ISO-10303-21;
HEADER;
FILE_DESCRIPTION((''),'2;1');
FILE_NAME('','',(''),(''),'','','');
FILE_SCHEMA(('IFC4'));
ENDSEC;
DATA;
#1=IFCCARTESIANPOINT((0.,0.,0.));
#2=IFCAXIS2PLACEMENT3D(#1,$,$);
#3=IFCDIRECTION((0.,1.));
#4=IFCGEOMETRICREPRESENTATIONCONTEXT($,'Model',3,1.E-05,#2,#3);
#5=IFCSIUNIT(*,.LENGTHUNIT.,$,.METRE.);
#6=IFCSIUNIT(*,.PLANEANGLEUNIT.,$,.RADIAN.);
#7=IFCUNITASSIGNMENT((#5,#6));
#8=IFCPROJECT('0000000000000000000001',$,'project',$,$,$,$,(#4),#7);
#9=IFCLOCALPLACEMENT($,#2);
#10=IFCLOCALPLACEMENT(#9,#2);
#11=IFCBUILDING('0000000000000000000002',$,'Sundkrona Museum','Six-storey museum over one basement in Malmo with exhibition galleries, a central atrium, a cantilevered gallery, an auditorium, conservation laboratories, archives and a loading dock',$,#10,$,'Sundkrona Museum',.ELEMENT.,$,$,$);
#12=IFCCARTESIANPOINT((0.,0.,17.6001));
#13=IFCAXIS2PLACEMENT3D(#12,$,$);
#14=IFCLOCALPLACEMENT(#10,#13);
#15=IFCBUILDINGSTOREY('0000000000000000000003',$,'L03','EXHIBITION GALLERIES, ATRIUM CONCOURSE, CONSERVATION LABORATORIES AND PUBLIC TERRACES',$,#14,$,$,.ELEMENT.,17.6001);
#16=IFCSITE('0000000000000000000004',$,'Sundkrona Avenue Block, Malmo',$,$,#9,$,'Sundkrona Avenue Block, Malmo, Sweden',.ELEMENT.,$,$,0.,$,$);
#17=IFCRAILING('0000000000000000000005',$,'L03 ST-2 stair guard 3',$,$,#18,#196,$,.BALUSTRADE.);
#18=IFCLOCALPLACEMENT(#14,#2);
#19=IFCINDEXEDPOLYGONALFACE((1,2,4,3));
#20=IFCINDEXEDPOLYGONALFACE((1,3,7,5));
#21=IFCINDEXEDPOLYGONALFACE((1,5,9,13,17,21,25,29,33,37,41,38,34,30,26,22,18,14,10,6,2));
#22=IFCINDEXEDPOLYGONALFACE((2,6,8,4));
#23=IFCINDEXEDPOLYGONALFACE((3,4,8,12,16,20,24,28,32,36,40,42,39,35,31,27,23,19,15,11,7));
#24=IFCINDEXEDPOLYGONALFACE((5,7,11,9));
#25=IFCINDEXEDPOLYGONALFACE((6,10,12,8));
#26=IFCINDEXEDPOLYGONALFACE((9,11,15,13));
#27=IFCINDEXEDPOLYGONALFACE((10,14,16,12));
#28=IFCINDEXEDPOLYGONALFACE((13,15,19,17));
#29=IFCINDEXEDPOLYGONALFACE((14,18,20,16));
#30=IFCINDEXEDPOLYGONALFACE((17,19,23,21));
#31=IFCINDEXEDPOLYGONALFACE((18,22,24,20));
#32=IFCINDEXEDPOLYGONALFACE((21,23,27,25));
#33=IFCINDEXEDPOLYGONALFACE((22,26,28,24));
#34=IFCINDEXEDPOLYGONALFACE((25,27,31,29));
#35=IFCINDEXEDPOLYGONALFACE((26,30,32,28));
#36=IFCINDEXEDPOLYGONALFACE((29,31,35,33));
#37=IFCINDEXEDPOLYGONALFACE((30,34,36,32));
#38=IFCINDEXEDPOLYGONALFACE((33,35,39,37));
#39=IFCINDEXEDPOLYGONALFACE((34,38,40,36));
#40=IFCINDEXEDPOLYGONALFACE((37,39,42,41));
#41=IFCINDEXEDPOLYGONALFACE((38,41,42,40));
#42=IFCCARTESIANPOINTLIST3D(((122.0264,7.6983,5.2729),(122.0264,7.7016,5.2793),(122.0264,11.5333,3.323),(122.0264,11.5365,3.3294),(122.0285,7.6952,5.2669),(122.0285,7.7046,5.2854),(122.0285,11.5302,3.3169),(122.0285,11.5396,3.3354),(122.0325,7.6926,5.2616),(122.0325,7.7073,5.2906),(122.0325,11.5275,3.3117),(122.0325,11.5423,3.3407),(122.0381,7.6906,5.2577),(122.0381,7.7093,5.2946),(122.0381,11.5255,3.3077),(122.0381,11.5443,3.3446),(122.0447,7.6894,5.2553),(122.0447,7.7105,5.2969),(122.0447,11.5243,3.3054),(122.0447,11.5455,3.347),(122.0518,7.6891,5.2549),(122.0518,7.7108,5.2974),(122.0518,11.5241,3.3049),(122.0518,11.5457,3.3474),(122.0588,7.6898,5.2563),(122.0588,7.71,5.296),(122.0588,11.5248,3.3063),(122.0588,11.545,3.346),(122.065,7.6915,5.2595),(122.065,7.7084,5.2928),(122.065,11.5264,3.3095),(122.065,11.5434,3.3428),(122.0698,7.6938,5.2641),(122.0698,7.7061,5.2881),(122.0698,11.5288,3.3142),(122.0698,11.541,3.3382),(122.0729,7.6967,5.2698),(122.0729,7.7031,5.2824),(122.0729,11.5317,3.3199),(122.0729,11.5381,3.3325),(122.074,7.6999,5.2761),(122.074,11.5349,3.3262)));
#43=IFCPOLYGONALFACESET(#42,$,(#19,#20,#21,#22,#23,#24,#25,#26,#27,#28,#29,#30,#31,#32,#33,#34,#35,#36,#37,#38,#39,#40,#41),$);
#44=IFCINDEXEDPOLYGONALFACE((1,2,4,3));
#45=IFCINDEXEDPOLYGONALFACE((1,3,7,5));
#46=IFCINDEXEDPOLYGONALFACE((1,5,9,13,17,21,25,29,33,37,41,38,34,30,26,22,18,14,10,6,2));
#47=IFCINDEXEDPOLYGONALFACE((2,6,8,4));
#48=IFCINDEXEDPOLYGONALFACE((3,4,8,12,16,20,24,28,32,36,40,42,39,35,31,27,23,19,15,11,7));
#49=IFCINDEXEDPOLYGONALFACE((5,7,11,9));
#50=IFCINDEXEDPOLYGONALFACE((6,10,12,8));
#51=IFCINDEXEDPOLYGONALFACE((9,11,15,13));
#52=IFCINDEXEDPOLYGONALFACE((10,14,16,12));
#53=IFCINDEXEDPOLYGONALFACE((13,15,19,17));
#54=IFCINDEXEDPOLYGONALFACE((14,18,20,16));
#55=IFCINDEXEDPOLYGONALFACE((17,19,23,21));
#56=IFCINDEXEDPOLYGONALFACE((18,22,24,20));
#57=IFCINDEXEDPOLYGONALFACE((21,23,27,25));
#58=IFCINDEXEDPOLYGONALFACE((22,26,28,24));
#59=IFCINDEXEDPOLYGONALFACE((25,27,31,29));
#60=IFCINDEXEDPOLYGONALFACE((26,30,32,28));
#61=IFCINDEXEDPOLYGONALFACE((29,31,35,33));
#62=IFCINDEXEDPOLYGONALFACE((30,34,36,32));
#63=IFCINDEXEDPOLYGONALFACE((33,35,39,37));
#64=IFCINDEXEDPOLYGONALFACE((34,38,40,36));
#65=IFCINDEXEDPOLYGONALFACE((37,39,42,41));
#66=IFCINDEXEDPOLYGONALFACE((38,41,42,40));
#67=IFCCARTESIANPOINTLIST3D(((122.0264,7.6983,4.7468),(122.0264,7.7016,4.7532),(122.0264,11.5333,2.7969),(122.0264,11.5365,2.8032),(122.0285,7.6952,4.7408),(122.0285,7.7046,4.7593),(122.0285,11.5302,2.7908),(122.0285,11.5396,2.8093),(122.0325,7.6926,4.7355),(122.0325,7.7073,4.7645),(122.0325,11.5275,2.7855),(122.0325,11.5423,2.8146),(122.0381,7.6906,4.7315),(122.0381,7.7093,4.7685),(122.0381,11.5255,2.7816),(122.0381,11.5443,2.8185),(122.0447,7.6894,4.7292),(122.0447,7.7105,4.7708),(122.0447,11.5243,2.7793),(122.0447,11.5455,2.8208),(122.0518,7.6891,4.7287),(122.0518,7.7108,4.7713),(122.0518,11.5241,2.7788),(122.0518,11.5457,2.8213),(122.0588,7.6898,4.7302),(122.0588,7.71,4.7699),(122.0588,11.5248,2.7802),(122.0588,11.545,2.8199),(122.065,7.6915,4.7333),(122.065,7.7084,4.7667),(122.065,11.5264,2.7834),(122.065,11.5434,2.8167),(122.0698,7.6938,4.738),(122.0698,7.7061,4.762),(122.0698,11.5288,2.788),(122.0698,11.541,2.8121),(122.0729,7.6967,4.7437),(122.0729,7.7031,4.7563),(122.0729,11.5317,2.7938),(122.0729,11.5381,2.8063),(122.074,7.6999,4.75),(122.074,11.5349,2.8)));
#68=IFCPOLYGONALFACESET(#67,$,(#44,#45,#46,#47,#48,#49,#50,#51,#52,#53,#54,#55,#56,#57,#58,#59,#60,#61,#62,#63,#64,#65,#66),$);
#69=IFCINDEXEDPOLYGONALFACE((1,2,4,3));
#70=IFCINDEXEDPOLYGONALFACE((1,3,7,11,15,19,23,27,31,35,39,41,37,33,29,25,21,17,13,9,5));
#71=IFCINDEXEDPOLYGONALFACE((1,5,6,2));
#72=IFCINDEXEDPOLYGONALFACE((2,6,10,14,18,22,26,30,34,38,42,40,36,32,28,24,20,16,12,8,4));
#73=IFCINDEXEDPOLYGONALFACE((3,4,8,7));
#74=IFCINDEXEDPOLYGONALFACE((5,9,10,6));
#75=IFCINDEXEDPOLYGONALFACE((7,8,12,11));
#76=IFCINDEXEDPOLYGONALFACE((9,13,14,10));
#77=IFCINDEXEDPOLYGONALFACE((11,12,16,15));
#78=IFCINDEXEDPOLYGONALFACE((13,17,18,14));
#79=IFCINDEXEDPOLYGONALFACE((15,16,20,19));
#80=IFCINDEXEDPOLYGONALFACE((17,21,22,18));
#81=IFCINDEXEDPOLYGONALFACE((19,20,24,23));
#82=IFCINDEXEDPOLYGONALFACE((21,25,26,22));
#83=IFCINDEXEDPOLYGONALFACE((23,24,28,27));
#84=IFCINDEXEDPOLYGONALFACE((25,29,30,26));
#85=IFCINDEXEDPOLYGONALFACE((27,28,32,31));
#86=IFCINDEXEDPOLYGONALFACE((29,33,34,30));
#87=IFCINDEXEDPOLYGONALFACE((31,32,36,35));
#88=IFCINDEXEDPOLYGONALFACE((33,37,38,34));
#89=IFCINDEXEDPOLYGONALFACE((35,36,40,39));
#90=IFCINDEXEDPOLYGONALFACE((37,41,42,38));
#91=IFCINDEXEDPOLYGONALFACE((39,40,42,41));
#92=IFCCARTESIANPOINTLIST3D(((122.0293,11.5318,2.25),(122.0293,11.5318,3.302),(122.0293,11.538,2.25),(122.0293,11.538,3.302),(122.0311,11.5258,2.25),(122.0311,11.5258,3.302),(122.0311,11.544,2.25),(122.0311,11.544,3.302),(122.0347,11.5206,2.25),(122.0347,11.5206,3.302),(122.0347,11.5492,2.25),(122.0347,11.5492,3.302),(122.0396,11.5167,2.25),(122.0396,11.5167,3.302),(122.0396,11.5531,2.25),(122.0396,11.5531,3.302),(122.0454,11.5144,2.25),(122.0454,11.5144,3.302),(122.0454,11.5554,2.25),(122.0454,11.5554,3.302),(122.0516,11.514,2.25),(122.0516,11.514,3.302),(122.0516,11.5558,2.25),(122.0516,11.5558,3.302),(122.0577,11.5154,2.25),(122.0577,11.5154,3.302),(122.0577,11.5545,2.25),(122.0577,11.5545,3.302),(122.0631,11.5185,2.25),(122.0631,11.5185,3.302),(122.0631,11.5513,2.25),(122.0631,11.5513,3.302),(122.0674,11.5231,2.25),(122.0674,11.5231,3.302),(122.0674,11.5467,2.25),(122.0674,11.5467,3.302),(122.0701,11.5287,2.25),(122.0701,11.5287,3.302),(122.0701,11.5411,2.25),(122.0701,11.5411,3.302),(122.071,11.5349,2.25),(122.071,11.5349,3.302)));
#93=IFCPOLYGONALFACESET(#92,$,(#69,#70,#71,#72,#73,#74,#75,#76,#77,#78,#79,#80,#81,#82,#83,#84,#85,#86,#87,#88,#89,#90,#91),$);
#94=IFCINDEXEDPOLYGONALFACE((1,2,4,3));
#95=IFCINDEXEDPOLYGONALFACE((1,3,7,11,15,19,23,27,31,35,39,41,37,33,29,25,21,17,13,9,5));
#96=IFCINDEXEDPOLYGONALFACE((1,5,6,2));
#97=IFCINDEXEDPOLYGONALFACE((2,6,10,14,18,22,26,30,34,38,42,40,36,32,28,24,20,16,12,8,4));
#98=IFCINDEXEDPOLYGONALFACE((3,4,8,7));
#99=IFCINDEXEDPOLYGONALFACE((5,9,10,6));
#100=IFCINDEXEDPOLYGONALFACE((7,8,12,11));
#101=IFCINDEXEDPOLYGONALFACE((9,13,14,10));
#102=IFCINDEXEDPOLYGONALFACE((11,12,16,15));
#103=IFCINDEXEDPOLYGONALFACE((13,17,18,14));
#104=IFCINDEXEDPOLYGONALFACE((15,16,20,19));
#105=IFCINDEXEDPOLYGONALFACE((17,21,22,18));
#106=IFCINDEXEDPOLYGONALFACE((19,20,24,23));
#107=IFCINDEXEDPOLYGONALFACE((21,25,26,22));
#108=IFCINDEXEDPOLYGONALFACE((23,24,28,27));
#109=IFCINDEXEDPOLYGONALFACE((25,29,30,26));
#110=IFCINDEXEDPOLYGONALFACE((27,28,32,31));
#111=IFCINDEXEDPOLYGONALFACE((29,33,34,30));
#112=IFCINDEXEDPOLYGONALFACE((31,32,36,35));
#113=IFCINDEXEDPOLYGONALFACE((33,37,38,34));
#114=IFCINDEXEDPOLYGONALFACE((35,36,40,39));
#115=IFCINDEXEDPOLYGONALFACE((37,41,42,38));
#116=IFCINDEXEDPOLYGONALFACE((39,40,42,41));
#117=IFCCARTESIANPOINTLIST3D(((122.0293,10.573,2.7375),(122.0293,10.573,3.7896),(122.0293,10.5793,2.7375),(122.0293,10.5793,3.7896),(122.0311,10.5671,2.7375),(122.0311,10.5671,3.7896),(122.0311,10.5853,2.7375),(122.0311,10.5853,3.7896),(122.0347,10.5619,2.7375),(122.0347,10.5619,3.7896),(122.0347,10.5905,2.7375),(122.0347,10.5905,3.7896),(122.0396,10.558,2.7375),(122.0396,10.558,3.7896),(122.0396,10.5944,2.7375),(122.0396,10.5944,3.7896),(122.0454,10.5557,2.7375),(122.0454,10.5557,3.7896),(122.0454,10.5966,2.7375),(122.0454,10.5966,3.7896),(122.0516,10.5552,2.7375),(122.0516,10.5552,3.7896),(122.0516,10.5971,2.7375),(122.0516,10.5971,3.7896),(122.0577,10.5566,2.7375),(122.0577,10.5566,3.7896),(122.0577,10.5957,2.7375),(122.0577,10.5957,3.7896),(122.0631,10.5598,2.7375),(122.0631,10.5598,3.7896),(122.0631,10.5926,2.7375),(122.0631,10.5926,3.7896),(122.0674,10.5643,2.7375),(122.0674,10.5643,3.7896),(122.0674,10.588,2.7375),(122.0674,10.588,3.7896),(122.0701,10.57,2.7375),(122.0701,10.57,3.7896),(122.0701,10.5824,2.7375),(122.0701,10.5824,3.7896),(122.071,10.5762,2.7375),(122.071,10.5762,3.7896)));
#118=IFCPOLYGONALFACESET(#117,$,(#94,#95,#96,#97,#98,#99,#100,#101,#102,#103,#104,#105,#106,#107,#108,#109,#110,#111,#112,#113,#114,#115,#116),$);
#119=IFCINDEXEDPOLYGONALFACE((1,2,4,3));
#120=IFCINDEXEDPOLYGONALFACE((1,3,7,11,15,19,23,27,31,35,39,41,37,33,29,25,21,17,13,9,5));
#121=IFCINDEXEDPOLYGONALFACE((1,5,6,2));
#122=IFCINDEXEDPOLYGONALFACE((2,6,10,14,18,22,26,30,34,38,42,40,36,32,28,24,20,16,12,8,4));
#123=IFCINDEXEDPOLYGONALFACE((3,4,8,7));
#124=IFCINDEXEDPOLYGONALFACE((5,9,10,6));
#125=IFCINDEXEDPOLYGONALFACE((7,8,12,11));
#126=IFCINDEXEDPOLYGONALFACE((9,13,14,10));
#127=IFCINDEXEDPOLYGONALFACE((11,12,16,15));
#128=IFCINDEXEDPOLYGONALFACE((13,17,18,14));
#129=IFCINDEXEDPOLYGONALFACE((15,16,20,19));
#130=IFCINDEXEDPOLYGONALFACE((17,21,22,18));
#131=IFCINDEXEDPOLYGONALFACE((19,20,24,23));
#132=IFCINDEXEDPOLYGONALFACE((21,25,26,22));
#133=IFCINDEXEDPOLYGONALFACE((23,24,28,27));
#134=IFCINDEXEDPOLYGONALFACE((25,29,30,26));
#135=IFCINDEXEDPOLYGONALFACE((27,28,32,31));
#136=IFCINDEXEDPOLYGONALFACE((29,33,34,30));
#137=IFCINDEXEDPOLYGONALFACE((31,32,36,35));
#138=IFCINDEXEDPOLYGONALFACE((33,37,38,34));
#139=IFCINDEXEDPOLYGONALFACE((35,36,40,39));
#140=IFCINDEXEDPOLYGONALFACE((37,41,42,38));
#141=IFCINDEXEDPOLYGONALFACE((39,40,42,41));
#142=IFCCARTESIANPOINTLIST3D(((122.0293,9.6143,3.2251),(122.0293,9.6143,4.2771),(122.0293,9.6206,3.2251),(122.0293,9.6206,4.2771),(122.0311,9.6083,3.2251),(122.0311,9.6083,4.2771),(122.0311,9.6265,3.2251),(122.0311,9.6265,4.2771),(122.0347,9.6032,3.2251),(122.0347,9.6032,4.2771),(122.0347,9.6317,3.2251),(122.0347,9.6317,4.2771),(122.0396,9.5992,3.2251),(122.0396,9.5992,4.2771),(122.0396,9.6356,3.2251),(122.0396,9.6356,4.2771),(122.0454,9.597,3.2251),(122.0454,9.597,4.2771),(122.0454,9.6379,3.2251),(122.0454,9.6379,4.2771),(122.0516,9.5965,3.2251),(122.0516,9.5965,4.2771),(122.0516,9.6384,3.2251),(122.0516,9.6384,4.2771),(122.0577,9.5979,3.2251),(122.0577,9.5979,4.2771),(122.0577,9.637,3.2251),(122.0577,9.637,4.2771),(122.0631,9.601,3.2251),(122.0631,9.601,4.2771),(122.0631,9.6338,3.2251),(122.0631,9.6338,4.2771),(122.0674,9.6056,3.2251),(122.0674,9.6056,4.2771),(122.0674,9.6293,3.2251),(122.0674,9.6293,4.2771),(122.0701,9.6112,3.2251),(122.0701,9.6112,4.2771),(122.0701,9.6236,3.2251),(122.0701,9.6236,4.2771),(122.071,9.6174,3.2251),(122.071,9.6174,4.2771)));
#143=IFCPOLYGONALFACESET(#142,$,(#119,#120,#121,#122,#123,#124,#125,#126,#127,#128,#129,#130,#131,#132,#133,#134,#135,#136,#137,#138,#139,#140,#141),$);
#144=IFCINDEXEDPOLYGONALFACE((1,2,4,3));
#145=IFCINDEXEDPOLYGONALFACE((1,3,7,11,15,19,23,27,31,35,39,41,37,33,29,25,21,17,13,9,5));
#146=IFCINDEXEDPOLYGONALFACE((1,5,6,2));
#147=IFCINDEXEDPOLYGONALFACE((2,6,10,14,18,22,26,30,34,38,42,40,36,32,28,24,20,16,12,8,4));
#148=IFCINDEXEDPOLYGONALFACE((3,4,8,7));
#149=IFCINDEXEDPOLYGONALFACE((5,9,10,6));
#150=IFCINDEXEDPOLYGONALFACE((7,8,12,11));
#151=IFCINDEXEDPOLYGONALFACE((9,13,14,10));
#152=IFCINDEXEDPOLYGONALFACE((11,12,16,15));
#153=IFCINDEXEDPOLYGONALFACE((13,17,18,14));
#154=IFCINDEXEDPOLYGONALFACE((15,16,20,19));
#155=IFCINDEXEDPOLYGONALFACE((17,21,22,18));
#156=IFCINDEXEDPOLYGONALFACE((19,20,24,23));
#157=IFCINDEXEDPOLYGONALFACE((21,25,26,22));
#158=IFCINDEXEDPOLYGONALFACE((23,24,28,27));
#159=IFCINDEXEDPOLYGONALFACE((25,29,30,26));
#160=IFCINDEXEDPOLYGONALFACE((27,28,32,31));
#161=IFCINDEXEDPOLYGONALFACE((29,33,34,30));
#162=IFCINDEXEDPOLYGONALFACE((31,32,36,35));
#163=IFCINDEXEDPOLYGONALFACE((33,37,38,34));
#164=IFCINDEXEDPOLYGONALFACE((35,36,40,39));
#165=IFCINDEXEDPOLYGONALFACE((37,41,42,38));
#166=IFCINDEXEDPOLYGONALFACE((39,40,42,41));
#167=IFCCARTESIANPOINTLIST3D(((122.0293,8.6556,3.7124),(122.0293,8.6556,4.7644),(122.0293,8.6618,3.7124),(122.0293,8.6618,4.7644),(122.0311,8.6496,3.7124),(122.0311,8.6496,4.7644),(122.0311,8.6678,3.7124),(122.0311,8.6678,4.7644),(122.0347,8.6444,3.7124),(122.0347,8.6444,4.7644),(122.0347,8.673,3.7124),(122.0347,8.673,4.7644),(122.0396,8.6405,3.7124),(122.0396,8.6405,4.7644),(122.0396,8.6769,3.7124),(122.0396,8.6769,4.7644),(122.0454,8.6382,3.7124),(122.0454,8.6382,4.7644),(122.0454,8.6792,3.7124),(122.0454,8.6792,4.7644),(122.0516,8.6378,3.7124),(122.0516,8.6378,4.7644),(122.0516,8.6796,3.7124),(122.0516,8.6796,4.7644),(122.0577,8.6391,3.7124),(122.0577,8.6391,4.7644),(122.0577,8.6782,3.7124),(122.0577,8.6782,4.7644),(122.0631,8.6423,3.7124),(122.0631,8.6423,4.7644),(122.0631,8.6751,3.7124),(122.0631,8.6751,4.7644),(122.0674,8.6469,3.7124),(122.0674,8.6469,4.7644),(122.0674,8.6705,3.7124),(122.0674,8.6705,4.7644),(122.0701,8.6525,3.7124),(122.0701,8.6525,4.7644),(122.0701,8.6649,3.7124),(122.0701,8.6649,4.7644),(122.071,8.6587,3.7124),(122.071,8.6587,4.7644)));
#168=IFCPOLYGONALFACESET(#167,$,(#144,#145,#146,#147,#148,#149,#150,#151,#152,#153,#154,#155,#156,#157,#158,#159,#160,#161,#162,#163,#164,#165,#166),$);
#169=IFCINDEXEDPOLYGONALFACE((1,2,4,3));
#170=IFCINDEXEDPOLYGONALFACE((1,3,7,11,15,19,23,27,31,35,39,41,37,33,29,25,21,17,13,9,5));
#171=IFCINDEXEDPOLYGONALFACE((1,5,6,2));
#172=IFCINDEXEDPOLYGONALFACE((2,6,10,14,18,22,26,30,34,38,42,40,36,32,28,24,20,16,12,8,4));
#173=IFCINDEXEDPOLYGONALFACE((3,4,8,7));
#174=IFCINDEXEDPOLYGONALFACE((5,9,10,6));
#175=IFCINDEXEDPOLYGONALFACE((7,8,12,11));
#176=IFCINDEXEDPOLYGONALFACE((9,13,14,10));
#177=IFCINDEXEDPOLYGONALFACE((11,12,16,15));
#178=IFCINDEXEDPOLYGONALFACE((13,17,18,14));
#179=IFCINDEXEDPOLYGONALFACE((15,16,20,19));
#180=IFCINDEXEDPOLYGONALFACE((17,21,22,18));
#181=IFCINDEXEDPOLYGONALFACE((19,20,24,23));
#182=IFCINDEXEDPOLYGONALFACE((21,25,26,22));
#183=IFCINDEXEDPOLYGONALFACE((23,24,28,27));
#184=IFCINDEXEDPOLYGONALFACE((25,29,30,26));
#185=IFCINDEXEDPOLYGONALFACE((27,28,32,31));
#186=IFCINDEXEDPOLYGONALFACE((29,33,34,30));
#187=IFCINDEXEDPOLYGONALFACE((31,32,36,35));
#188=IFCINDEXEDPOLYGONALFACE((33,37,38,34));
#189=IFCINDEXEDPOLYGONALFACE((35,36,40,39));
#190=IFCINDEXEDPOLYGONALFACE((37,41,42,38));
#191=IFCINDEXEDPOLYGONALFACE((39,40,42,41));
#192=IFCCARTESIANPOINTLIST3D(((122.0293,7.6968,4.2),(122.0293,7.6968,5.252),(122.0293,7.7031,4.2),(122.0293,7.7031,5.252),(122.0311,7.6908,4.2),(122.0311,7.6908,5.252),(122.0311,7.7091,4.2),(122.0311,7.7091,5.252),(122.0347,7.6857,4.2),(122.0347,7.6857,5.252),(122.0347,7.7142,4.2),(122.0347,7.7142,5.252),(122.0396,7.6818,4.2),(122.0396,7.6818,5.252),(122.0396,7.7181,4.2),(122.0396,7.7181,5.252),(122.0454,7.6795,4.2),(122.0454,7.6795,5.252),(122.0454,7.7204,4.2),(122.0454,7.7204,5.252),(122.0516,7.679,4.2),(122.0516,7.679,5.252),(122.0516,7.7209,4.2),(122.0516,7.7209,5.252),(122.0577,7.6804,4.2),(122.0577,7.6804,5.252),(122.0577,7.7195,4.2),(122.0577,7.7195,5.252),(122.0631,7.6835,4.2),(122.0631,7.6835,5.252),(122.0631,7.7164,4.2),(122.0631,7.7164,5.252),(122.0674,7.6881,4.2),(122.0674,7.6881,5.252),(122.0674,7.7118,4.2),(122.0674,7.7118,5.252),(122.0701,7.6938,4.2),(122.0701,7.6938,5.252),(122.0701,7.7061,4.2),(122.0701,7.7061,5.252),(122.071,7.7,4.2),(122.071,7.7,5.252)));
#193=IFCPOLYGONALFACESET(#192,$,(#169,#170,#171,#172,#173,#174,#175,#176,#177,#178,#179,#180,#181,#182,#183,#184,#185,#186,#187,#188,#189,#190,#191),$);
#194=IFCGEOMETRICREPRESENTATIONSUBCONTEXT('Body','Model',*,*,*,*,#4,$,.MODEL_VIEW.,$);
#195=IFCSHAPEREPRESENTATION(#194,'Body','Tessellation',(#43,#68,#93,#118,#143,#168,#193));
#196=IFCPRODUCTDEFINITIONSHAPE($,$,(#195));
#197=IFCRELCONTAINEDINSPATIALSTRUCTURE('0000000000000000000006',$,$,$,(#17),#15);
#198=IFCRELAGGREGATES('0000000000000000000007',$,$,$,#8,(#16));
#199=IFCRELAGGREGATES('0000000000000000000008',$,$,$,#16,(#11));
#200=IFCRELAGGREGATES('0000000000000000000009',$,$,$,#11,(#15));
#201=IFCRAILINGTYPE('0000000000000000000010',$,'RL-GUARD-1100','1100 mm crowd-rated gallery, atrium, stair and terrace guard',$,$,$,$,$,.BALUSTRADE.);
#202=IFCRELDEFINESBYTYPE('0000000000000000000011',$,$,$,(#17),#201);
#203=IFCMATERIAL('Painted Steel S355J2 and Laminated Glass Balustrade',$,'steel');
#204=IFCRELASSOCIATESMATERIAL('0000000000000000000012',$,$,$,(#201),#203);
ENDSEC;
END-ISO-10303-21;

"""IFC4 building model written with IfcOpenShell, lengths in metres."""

from ifc_helpers import new_model, si_unit, direction, frame, origin, origin_2d, place, context, subcontext, project, spatial, circle, extrude, material, type_object, element, save


model = new_model("IFC4")

# Units and contexts
model_context = context("Model", 3, precision=1e-05, world=origin(), true_north=direction((0.0, 1.0)))
body_context = subcontext(model_context, "Body", "Model", "MODEL_VIEW")
ifc_project = project(units=[si_unit("LENGTHUNIT", "METRE"), si_unit("PLANEANGLEUNIT", "RADIAN")], contexts=[model_context])

# Site, building, storey
site_placement = place(None, origin())
site = spatial("IfcSite", under=ifc_project, at=site_placement, Name="Sundkrona Avenue Block, Malmo", LongName="Sundkrona Avenue Block, Malmo, Sweden", CompositionType="ELEMENT", RefElevation=0.0)
building_placement = place(site_placement, origin())
building = spatial("IfcBuilding", under=site, at=building_placement, Name="Sundkrona Museum", Description="Six-storey museum over one basement in Malmo with exhibition galleries, a central atrium, a cantilevered gallery, an auditorium, conservation laboratories, archives and a loading dock", LongName="Sundkrona Museum", CompositionType="ELEMENT")
storey_placement = place(building_placement, frame((0.0, 0.0, 17.6001)))
storey = spatial("IfcBuildingStorey", under=building, at=storey_placement, Name="L03", Description="EXHIBITION GALLERIES, ATRIUM CONCOURSE, CONSERVATION LABORATORIES AND PUBLIC TERRACES", CompositionType="ELEMENT", Elevation=17.6001)

# Railing
ifc_material_1 = material(Name="Painted Steel S355J2 and Laminated Glass Balustrade", Category="steel")
railing_type_1 = type_object("IfcRailingType", Name="RL-GUARD-1100", Description="1100 mm crowd-rated gallery, atrium, stair and terrace guard", PredefinedType="BALUSTRADE", material=ifc_material_1)
railing_1_placement = place(storey_placement, frame((122.05, 11.5349, 2.25)))
element("IfcRailing", 1, at=railing_1_placement, inside=storey, type_object=railing_type_1, Name="L03 ST-2 stair guard 3", PredefinedType="BALUSTRADE", context=body_context, shape_type="SweptSolid", body=[
    extrude(circle(Radius=0.0239, at=origin_2d()), frame((0.0, 0.0, 1.0762), z_axis=(0.0, -0.891388, 0.453241), x_axis=(1.0, 0.0, 0.0)), (0.0, 0.0, 1.0), 4.3022),
    extrude(circle(Radius=0.0239, at=origin_2d()), frame((0.0, 0.0, 0.55), z_axis=(0.0, -0.891388, 0.453241), x_axis=(1.0, 0.0, 0.0)), (0.0, 0.0, 1.0), 4.3022),
    extrude(circle(Radius=0.021, at=origin_2d()), origin(), (0.0, 0.0, 1.0), 1.052),
    extrude(circle(Radius=0.021, at=origin_2d()), frame((0.0, -0.9587, 0.4875)), (0.0, 0.0, 1.0), 1.052),
    extrude(circle(Radius=0.021, at=origin_2d()), frame((0.0, -1.9175, 0.9751)), (0.0, 0.0, 1.0), 1.052),
    extrude(circle(Radius=0.021, at=origin_2d()), frame((0.0, -2.8762, 1.4624)), (0.0, 0.0, 1.0), 1.052),
    extrude(circle(Radius=0.021, at=origin_2d()), frame((0.0, -3.835, 1.95)), (0.0, 0.0, 1.0), 1.052),
])

save(model, "model.ifc")
